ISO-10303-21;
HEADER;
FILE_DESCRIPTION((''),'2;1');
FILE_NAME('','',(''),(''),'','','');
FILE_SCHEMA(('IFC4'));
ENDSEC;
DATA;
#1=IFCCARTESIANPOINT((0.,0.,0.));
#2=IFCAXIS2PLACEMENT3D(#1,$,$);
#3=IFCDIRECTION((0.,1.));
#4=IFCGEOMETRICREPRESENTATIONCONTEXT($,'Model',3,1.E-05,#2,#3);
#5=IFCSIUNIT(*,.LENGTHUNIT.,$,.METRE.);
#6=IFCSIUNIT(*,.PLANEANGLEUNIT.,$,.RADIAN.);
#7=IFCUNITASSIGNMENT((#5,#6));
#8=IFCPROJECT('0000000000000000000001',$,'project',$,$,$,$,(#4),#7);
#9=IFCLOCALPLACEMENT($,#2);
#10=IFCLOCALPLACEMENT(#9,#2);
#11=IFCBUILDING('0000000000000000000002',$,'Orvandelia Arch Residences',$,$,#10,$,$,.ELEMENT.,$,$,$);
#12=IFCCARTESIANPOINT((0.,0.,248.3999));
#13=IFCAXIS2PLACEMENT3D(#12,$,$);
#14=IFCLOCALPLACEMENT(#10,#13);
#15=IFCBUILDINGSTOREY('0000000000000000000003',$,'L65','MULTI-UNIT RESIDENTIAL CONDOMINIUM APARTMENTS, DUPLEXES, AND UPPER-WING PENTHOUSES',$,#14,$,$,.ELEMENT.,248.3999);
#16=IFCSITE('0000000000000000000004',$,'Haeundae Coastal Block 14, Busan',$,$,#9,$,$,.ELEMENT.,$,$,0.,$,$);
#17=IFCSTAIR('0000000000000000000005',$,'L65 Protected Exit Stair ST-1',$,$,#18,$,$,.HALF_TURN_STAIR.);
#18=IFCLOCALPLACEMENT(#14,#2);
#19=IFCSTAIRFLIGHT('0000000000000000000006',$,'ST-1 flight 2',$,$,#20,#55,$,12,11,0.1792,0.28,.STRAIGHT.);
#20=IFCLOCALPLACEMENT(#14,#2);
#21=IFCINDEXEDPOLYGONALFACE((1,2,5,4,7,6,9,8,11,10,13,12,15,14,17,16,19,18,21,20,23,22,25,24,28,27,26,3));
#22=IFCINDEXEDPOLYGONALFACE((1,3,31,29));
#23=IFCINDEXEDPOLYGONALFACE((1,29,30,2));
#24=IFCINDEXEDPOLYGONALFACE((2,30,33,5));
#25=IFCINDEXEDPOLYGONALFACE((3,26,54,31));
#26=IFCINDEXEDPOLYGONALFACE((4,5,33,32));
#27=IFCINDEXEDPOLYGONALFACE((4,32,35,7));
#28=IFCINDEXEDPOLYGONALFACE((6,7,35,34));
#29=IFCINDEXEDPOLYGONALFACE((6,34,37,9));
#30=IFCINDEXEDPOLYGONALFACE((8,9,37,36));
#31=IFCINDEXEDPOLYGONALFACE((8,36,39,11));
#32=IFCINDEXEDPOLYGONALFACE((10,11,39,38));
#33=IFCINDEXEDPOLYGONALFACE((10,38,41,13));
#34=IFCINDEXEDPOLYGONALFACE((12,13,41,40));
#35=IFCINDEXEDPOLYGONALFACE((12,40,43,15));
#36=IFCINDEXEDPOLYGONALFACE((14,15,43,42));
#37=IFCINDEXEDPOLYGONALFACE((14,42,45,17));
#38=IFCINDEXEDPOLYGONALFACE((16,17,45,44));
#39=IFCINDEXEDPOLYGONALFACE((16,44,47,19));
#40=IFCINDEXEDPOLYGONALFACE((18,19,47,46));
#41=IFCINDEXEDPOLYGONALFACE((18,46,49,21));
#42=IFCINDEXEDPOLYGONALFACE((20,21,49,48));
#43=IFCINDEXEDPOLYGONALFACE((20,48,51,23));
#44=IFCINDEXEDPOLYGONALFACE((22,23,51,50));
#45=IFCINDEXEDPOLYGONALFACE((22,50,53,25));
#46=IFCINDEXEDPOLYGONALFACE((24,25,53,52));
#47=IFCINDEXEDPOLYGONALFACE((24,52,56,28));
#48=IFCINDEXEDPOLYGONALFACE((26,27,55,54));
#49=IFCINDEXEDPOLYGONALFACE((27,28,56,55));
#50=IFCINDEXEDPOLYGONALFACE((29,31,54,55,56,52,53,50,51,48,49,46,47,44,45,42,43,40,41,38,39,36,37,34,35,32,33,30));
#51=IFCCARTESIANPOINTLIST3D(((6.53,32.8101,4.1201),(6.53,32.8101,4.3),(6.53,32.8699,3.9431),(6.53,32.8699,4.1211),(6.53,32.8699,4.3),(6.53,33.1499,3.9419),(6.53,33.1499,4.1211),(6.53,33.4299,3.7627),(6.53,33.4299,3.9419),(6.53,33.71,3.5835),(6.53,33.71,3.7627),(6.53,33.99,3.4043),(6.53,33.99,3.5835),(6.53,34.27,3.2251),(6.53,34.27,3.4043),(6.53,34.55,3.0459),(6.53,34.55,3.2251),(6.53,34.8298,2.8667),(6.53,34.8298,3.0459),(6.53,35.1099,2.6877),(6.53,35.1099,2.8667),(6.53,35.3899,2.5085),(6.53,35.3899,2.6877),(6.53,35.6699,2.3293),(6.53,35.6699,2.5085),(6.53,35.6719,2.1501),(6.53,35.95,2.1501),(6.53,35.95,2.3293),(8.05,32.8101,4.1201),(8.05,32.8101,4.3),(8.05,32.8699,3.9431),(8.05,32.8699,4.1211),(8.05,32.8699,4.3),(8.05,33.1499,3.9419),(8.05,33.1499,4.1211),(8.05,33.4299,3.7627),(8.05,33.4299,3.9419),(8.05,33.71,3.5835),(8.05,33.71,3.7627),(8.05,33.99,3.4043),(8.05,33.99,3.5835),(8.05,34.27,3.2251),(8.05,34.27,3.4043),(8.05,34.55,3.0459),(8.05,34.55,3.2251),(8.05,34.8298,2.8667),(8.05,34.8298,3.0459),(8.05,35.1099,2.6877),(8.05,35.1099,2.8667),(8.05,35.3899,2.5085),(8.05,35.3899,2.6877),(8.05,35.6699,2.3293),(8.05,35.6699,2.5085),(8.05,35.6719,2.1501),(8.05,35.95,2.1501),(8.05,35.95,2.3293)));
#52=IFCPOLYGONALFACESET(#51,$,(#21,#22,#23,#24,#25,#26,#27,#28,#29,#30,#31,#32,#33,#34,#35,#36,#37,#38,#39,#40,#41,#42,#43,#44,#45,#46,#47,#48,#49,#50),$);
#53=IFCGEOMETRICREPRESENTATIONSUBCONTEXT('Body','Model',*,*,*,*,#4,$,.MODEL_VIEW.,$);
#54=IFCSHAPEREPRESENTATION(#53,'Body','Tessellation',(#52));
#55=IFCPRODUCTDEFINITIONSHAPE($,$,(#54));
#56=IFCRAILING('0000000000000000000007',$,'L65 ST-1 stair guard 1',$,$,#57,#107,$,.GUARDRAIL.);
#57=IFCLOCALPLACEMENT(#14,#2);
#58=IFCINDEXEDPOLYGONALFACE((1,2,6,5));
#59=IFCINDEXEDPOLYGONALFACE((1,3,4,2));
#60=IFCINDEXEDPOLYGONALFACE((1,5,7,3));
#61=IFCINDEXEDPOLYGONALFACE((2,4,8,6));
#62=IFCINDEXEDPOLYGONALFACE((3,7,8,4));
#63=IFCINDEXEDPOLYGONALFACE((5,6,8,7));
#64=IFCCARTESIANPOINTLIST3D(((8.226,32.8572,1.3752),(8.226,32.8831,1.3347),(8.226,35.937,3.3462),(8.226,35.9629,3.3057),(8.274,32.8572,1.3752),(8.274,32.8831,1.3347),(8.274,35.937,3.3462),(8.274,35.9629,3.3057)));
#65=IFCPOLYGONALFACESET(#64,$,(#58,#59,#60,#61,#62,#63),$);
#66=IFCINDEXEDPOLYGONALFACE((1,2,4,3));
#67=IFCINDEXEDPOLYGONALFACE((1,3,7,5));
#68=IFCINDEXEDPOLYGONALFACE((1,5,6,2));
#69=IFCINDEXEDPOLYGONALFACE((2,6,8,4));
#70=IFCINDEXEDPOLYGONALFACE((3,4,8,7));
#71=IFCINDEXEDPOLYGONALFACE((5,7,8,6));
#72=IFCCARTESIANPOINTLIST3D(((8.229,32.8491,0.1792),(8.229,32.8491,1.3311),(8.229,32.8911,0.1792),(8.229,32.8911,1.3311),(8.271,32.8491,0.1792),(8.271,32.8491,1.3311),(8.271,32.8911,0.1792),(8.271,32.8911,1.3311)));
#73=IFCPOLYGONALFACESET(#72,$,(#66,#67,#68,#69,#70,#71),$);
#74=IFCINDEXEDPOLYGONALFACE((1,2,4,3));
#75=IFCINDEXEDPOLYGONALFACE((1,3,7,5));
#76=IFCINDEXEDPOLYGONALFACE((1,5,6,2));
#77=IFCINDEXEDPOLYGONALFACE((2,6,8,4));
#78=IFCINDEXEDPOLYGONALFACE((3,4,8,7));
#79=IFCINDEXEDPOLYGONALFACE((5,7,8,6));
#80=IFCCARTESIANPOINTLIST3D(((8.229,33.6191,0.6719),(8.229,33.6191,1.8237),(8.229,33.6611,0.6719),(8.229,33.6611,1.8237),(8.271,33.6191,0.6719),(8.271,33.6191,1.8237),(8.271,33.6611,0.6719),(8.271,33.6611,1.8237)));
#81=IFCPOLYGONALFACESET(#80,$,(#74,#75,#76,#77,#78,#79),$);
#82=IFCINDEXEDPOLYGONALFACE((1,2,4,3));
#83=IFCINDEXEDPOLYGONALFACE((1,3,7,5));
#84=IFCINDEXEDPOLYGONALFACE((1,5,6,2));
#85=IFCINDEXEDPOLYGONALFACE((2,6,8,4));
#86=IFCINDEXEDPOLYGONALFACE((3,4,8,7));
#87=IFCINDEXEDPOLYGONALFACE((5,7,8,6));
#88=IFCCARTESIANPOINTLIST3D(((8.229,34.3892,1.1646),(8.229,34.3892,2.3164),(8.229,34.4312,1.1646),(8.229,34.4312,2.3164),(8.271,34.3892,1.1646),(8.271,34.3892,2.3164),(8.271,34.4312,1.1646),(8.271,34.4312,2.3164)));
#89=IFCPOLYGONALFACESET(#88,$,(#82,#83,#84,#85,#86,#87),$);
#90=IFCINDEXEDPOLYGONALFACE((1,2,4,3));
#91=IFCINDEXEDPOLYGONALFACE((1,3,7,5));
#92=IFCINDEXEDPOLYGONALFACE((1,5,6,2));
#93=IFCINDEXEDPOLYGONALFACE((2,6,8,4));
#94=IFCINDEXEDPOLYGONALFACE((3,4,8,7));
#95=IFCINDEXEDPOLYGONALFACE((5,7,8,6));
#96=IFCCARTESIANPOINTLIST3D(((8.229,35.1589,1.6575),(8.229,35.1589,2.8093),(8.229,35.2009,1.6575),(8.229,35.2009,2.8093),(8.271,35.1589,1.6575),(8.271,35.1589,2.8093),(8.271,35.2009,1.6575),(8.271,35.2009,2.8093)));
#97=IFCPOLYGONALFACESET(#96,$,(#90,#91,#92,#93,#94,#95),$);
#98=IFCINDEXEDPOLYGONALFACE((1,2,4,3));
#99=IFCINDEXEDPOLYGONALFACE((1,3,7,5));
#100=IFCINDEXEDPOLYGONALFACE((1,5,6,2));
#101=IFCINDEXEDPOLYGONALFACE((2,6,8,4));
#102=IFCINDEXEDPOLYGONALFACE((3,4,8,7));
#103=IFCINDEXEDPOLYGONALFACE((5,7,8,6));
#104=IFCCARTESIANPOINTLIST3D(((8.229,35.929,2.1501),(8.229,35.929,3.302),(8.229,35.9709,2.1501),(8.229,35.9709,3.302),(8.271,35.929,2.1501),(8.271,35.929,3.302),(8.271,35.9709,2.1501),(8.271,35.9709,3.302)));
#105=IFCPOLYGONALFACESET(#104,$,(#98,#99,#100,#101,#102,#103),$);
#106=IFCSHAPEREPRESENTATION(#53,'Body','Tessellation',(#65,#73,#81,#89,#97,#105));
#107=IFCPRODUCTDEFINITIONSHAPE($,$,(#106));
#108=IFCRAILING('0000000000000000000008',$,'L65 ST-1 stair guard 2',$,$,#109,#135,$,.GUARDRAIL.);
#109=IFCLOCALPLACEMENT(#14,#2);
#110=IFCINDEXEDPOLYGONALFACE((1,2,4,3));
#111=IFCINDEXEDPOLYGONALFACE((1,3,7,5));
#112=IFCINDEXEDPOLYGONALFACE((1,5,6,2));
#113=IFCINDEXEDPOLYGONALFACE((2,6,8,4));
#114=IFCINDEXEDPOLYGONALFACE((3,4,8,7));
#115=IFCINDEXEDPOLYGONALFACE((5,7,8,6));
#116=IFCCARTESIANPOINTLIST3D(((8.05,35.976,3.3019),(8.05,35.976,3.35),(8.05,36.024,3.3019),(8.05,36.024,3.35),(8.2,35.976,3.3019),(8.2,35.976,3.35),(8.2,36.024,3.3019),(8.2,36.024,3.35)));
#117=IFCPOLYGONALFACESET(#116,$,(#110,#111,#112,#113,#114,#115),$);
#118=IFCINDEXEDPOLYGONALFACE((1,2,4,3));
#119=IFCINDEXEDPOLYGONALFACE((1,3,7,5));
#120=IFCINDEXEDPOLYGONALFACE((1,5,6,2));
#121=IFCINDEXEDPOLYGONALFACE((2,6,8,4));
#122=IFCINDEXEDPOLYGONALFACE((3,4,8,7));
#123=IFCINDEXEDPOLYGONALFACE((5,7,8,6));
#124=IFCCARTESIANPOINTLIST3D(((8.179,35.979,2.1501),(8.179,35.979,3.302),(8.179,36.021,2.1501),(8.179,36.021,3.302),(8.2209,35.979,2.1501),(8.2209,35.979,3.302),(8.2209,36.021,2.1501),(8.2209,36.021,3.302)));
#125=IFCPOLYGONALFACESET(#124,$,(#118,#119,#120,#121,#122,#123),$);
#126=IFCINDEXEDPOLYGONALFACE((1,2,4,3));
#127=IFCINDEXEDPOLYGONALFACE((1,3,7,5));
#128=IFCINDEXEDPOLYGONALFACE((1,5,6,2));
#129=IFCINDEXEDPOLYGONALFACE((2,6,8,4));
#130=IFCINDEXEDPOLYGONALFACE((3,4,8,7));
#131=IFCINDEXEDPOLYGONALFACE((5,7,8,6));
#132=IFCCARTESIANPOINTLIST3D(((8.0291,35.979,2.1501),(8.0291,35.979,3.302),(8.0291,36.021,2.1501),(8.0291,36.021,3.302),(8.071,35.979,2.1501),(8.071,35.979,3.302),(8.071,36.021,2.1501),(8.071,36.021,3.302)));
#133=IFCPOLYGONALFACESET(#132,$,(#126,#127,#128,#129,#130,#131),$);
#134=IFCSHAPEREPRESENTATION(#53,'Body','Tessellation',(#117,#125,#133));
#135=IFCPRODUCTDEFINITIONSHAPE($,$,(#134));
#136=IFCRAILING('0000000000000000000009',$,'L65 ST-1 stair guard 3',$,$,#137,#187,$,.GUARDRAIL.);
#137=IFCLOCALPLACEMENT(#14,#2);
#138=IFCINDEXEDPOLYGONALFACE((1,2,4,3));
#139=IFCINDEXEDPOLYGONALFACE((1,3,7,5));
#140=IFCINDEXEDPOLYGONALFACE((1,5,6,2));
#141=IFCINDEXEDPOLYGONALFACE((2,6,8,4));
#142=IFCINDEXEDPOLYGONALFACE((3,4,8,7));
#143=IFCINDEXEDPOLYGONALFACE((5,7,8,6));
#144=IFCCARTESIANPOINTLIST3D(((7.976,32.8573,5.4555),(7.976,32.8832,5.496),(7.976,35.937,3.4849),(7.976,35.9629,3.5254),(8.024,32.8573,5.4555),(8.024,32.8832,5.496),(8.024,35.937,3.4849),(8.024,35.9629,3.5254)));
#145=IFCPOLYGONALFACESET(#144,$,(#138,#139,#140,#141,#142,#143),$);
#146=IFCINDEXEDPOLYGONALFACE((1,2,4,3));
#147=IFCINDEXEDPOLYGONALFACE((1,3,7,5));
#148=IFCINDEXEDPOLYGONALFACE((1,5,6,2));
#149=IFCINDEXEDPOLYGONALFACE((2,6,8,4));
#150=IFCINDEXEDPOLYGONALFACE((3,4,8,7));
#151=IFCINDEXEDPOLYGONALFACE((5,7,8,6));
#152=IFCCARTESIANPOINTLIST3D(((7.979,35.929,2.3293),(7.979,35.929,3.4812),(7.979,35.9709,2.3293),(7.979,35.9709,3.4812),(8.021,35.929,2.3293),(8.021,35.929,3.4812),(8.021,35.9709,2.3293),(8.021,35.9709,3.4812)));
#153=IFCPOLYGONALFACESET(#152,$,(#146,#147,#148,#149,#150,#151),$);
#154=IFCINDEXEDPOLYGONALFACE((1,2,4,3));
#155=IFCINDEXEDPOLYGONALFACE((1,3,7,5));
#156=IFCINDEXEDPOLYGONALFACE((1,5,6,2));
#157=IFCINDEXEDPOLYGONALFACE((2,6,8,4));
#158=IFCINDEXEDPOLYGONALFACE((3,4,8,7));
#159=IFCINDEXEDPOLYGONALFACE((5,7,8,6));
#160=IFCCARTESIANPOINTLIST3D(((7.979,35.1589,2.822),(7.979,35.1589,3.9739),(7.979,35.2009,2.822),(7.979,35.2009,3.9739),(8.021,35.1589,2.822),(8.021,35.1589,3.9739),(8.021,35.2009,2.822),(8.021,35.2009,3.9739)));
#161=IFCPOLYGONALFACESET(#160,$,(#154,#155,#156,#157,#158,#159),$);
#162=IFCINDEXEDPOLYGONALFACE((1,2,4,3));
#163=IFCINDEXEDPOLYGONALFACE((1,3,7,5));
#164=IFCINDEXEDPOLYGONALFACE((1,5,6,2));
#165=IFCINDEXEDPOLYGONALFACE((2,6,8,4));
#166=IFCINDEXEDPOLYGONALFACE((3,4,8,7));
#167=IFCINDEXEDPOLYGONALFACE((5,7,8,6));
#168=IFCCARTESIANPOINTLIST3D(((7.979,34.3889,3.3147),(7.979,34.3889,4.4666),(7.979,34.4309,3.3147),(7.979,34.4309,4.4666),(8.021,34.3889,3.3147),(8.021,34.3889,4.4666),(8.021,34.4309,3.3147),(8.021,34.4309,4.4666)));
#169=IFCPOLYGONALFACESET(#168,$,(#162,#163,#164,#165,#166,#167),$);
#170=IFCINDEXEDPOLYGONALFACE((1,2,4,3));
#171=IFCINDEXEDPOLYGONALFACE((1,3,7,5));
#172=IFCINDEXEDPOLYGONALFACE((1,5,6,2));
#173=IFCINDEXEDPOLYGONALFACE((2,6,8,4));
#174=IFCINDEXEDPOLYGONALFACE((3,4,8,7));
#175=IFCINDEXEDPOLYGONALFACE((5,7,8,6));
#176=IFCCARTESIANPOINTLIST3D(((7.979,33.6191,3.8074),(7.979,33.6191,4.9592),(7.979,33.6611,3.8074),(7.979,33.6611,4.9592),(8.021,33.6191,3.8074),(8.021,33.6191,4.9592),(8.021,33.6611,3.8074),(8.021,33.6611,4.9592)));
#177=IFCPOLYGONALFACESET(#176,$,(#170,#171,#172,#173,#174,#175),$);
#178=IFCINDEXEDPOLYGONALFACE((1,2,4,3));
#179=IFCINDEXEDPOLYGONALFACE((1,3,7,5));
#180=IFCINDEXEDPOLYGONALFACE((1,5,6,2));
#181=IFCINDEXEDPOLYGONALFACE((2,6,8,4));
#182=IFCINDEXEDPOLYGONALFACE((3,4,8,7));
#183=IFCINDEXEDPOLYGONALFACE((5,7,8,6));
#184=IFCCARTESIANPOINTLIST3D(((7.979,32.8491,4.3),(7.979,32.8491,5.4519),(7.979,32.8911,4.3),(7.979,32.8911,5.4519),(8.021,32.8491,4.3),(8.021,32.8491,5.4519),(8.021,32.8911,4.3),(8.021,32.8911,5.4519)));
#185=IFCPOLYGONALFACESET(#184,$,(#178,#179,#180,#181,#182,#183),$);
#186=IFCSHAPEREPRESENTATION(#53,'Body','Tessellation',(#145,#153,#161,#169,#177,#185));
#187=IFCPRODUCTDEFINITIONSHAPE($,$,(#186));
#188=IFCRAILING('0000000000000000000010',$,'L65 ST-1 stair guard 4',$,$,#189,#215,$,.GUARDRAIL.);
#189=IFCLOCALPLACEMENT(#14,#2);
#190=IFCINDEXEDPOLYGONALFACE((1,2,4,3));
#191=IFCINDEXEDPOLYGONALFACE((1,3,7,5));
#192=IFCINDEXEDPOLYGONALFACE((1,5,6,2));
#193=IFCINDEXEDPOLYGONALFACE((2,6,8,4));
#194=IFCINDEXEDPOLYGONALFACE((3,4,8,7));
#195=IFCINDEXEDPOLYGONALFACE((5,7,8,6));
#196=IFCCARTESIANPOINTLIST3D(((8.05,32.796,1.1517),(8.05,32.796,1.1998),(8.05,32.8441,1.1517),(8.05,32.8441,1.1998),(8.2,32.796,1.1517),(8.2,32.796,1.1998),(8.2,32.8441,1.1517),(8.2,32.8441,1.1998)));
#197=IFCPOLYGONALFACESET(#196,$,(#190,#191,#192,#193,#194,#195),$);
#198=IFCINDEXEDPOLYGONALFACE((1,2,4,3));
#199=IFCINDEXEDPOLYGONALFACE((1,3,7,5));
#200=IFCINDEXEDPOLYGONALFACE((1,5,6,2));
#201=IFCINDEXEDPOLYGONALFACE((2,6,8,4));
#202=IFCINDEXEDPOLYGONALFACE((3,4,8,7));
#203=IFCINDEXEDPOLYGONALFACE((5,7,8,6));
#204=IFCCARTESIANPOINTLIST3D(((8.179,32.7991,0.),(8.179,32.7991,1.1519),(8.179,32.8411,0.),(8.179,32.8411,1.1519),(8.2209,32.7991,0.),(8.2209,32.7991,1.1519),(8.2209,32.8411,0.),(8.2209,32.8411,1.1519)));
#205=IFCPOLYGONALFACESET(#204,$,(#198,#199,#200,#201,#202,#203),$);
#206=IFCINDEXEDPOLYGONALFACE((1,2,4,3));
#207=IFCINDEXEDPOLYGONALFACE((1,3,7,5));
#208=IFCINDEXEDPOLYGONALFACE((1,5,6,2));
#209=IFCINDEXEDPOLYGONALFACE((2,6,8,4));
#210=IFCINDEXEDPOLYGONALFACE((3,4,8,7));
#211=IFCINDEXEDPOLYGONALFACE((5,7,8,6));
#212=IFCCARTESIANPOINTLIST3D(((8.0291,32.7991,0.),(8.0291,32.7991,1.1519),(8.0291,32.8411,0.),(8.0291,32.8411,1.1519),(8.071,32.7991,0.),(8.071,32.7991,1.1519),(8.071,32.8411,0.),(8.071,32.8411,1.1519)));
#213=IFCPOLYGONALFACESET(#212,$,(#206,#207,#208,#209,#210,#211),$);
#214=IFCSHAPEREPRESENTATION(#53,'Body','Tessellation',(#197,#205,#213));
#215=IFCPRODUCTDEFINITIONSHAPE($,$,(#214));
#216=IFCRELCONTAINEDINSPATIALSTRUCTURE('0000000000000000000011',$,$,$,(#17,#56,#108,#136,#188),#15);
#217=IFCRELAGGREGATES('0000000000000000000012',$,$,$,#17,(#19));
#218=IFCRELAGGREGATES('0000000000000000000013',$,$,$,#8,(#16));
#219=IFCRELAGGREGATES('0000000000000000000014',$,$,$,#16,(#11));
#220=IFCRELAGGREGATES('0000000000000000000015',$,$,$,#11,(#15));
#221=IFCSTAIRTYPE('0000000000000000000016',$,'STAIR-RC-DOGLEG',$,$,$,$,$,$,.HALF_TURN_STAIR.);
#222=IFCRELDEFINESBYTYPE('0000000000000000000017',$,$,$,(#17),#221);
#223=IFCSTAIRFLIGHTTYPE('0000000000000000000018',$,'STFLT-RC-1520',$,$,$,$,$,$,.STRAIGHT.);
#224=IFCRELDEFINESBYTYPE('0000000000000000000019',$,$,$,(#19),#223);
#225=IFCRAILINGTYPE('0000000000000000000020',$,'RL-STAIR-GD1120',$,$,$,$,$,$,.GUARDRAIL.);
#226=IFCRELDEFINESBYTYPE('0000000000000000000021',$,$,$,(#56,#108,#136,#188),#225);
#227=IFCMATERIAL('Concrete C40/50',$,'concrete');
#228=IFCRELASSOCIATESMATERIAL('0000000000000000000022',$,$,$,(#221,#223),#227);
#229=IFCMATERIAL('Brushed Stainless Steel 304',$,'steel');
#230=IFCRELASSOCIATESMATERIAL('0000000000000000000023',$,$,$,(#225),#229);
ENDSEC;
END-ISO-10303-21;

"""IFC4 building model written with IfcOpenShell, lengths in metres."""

from ifc_helpers import new_model, si_unit, direction, frame, origin, origin_2d, place, context, subcontext, project, spatial, polyline, rectangle, outline, extrude, material, type_object, element, aggregate, save


model = new_model("IFC4")

# Units and contexts
model_context = context("Model", 3, precision=1e-05, world=origin(), true_north=direction((0.0, 1.0)))
body_context = subcontext(model_context, "Body", "Model", "MODEL_VIEW")
ifc_project = project(units=[si_unit("LENGTHUNIT", "METRE"), si_unit("PLANEANGLEUNIT", "RADIAN")], contexts=[model_context])

# Site, building, storey
site_placement = place(None, origin())
site = spatial("IfcSite", under=ifc_project, at=site_placement, Name="Haeundae Coastal Block 14, Busan", CompositionType="ELEMENT", RefElevation=0.0)
building_placement = place(site_placement, origin())
building = spatial("IfcBuilding", under=site, at=building_placement, Name="Orvandelia Arch Residences", CompositionType="ELEMENT")
storey_placement = place(building_placement, frame((0.0, 0.0, 248.3999)))
storey = spatial("IfcBuildingStorey", under=building, at=storey_placement, Name="L65", Description="MULTI-UNIT RESIDENTIAL CONDOMINIUM APARTMENTS, DUPLEXES, AND UPPER-WING PENTHOUSES", CompositionType="ELEMENT", Elevation=248.3999)

# Stair, stair flight
ifc_material_1 = material(Name="Concrete C40/50", Category="concrete")
stair_type = type_object("IfcStairType", Name="STAIR-RC-DOGLEG", PredefinedType="HALF_TURN_STAIR", material=ifc_material_1)
stair_placement = place(storey_placement, origin())
stair = element("IfcStair", 1, at=stair_placement, inside=storey, type_object=stair_type, Name="L65 Protected Exit Stair ST-1", PredefinedType="HALF_TURN_STAIR")
stair_flight_type = type_object("IfcStairFlightType", Name="STFLT-RC-1520", PredefinedType="STRAIGHT", material=ifc_material_1)
stair_flight_1_placement = place(storey_placement, frame((7.29, 35.95, 2.1501), z_axis=(0.0, 0.0, 1.0), x_axis=(0.0, -1.0, 0.0)))
stair_flight_1 = element("IfcStairFlight", 2, at=stair_flight_1_placement, type_object=stair_flight_type, Name="ST-1 flight 2", NumberOfRisers=12, NumberOfTreads=11, PredefinedType="STRAIGHT", RiserHeight=0.1792, TreadLength=0.28, context=body_context, shape_type="SweptSolid", body=[
    extrude(outline(polyline([(0.0, 0.0), (0.0, 0.1792), (0.28, 0.1792), (0.28, 0.3584), (0.5601, 0.3584), (0.5601, 0.5376), (0.8401, 0.5376), (0.8401, 0.7166), (1.1201, 0.7166), (1.1201, 0.8958), (1.3999, 0.8958), (1.3999, 1.075), (1.6799, 1.075), (1.6799, 1.2542), (1.96, 1.2542), (1.96, 1.4333), (2.24, 1.4333), (2.24, 1.6125), (2.52, 1.6125), (2.52, 1.7917), (2.8, 1.7917), (2.8, 1.9709), (3.0801, 1.9709), (3.0801, 2.1499), (3.1399, 2.1499), (3.1399, 1.97), (3.0801, 1.793), (0.2781, 0.0), (0.0, 0.0)])), frame((0.0, 0.76, 0.0), z_axis=(0.0, -1.0, 0.0), x_axis=(1.0, 0.0, 0.0)), (0.0, 0.0, 1.0), 1.52),
])
aggregate(stair, [stair_flight_1])

# Railings
ifc_material_2 = material(Name="Brushed Stainless Steel 304", Category="steel")
railing_type_1 = type_object("IfcRailingType", Name="RL-STAIR-GD1120", PredefinedType="GUARDRAIL", material=ifc_material_2)
railing_1_placement = place(storey_placement, frame((8.25, 32.8701, 0.1792)))
element("IfcRailing", 3, at=railing_1_placement, inside=storey, type_object=railing_type_1, Name="L65 ST-1 stair guard 1", PredefinedType="GUARDRAIL", context=body_context, shape_type="SweptSolid", body=[
    extrude(rectangle(XDim=0.0481, YDim=0.0481, at=origin_2d()), frame((0.0, 0.0, 1.1758), z_axis=(0.0, 0.84229, 0.539025), x_axis=(-1.0, 0.0, 0.0)), (0.0, 0.0, 1.0), 3.6565),
    extrude(rectangle(XDim=0.042, YDim=0.042, at=origin_2d()), origin(), (0.0, 0.0, 1.0), 1.1519),
    extrude(rectangle(XDim=0.042, YDim=0.042, at=origin_2d()), frame((0.0, 0.77, 0.4927)), (0.0, 0.0, 1.0), 1.1519),
    extrude(rectangle(XDim=0.042, YDim=0.042, at=origin_2d()), frame((0.0, 1.54, 0.9854)), (0.0, 0.0, 1.0), 1.1519),
    extrude(rectangle(XDim=0.042, YDim=0.042, at=origin_2d()), frame((0.0, 2.3098, 1.4783)), (0.0, 0.0, 1.0), 1.1519),
    extrude(rectangle(XDim=0.042, YDim=0.042, at=origin_2d()), frame((0.0, 3.0798, 1.9709)), (0.0, 0.0, 1.0), 1.1519),
])
railing_2_placement = place(storey_placement, frame((8.2, 36.0, 2.1501)))
element("IfcRailing", 4, at=railing_2_placement, inside=storey, type_object=railing_type_1, Name="L65 ST-1 stair guard 2", PredefinedType="GUARDRAIL", context=body_context, shape_type="SweptSolid", body=[
    extrude(rectangle(XDim=0.0481, YDim=0.0481, at=origin_2d()), frame((0.0, 0.0, 1.1758), z_axis=(-1.0, 0.0, 0.0), x_axis=(0.0, -1.0, 0.0)), (0.0, 0.0, 1.0), 0.1499),
    extrude(rectangle(XDim=0.042, YDim=0.042, at=origin_2d()), origin(), (0.0, 0.0, 1.0), 1.1519),
    extrude(rectangle(XDim=0.042, YDim=0.042, at=origin_2d()), frame((-0.1499, 0.0, 0.0)), (0.0, 0.0, 1.0), 1.1519),
])
railing_3_placement = place(storey_placement, frame((8.0, 35.95, 2.3293)))
element("IfcRailing", 5, at=railing_3_placement, inside=storey, type_object=railing_type_1, Name="L65 ST-1 stair guard 3", PredefinedType="GUARDRAIL", context=body_context, shape_type="SweptSolid", body=[
    extrude(rectangle(XDim=0.0481, YDim=0.0481, at=origin_2d()), frame((0.0, 0.0, 1.1758), z_axis=(0.0, -0.84232, 0.538978), x_axis=(1.0, 0.0, 0.0)), (0.0, 0.0, 1.0), 3.6562),
    extrude(rectangle(XDim=0.042, YDim=0.042, at=origin_2d()), origin(), (0.0, 0.0, 1.0), 1.1519),
    extrude(rectangle(XDim=0.042, YDim=0.042, at=origin_2d()), frame((0.0, -0.77, 0.4927)), (0.0, 0.0, 1.0), 1.1519),
    extrude(rectangle(XDim=0.042, YDim=0.042, at=origin_2d()), frame((0.0, -1.54, 0.9854)), (0.0, 0.0, 1.0), 1.1519),
    extrude(rectangle(XDim=0.042, YDim=0.042, at=origin_2d()), frame((0.0, -2.3098, 1.478)), (0.0, 0.0, 1.0), 1.1519),
    extrude(rectangle(XDim=0.042, YDim=0.042, at=origin_2d()), frame((0.0, -3.0798, 1.9707)), (0.0, 0.0, 1.0), 1.1519),
])
railing_4_placement = place(storey_placement, frame((8.2, 32.8201, 0.0)))
element("IfcRailing", 6, at=railing_4_placement, inside=storey, type_object=railing_type_1, Name="L65 ST-1 stair guard 4", PredefinedType="GUARDRAIL", context=body_context, shape_type="SweptSolid", body=[
    extrude(rectangle(XDim=0.0481, YDim=0.0481, at=origin_2d()), frame((0.0, 0.0, 1.1758), z_axis=(-1.0, 0.0, 0.0), x_axis=(0.0, -1.0, 0.0)), (0.0, 0.0, 1.0), 0.1499),
    extrude(rectangle(XDim=0.042, YDim=0.042, at=origin_2d()), origin(), (0.0, 0.0, 1.0), 1.1519),
    extrude(rectangle(XDim=0.042, YDim=0.042, at=origin_2d()), frame((-0.1499, 0.0, 0.0)), (0.0, 0.0, 1.0), 1.1519),
])

save(model, "model.ifc")
